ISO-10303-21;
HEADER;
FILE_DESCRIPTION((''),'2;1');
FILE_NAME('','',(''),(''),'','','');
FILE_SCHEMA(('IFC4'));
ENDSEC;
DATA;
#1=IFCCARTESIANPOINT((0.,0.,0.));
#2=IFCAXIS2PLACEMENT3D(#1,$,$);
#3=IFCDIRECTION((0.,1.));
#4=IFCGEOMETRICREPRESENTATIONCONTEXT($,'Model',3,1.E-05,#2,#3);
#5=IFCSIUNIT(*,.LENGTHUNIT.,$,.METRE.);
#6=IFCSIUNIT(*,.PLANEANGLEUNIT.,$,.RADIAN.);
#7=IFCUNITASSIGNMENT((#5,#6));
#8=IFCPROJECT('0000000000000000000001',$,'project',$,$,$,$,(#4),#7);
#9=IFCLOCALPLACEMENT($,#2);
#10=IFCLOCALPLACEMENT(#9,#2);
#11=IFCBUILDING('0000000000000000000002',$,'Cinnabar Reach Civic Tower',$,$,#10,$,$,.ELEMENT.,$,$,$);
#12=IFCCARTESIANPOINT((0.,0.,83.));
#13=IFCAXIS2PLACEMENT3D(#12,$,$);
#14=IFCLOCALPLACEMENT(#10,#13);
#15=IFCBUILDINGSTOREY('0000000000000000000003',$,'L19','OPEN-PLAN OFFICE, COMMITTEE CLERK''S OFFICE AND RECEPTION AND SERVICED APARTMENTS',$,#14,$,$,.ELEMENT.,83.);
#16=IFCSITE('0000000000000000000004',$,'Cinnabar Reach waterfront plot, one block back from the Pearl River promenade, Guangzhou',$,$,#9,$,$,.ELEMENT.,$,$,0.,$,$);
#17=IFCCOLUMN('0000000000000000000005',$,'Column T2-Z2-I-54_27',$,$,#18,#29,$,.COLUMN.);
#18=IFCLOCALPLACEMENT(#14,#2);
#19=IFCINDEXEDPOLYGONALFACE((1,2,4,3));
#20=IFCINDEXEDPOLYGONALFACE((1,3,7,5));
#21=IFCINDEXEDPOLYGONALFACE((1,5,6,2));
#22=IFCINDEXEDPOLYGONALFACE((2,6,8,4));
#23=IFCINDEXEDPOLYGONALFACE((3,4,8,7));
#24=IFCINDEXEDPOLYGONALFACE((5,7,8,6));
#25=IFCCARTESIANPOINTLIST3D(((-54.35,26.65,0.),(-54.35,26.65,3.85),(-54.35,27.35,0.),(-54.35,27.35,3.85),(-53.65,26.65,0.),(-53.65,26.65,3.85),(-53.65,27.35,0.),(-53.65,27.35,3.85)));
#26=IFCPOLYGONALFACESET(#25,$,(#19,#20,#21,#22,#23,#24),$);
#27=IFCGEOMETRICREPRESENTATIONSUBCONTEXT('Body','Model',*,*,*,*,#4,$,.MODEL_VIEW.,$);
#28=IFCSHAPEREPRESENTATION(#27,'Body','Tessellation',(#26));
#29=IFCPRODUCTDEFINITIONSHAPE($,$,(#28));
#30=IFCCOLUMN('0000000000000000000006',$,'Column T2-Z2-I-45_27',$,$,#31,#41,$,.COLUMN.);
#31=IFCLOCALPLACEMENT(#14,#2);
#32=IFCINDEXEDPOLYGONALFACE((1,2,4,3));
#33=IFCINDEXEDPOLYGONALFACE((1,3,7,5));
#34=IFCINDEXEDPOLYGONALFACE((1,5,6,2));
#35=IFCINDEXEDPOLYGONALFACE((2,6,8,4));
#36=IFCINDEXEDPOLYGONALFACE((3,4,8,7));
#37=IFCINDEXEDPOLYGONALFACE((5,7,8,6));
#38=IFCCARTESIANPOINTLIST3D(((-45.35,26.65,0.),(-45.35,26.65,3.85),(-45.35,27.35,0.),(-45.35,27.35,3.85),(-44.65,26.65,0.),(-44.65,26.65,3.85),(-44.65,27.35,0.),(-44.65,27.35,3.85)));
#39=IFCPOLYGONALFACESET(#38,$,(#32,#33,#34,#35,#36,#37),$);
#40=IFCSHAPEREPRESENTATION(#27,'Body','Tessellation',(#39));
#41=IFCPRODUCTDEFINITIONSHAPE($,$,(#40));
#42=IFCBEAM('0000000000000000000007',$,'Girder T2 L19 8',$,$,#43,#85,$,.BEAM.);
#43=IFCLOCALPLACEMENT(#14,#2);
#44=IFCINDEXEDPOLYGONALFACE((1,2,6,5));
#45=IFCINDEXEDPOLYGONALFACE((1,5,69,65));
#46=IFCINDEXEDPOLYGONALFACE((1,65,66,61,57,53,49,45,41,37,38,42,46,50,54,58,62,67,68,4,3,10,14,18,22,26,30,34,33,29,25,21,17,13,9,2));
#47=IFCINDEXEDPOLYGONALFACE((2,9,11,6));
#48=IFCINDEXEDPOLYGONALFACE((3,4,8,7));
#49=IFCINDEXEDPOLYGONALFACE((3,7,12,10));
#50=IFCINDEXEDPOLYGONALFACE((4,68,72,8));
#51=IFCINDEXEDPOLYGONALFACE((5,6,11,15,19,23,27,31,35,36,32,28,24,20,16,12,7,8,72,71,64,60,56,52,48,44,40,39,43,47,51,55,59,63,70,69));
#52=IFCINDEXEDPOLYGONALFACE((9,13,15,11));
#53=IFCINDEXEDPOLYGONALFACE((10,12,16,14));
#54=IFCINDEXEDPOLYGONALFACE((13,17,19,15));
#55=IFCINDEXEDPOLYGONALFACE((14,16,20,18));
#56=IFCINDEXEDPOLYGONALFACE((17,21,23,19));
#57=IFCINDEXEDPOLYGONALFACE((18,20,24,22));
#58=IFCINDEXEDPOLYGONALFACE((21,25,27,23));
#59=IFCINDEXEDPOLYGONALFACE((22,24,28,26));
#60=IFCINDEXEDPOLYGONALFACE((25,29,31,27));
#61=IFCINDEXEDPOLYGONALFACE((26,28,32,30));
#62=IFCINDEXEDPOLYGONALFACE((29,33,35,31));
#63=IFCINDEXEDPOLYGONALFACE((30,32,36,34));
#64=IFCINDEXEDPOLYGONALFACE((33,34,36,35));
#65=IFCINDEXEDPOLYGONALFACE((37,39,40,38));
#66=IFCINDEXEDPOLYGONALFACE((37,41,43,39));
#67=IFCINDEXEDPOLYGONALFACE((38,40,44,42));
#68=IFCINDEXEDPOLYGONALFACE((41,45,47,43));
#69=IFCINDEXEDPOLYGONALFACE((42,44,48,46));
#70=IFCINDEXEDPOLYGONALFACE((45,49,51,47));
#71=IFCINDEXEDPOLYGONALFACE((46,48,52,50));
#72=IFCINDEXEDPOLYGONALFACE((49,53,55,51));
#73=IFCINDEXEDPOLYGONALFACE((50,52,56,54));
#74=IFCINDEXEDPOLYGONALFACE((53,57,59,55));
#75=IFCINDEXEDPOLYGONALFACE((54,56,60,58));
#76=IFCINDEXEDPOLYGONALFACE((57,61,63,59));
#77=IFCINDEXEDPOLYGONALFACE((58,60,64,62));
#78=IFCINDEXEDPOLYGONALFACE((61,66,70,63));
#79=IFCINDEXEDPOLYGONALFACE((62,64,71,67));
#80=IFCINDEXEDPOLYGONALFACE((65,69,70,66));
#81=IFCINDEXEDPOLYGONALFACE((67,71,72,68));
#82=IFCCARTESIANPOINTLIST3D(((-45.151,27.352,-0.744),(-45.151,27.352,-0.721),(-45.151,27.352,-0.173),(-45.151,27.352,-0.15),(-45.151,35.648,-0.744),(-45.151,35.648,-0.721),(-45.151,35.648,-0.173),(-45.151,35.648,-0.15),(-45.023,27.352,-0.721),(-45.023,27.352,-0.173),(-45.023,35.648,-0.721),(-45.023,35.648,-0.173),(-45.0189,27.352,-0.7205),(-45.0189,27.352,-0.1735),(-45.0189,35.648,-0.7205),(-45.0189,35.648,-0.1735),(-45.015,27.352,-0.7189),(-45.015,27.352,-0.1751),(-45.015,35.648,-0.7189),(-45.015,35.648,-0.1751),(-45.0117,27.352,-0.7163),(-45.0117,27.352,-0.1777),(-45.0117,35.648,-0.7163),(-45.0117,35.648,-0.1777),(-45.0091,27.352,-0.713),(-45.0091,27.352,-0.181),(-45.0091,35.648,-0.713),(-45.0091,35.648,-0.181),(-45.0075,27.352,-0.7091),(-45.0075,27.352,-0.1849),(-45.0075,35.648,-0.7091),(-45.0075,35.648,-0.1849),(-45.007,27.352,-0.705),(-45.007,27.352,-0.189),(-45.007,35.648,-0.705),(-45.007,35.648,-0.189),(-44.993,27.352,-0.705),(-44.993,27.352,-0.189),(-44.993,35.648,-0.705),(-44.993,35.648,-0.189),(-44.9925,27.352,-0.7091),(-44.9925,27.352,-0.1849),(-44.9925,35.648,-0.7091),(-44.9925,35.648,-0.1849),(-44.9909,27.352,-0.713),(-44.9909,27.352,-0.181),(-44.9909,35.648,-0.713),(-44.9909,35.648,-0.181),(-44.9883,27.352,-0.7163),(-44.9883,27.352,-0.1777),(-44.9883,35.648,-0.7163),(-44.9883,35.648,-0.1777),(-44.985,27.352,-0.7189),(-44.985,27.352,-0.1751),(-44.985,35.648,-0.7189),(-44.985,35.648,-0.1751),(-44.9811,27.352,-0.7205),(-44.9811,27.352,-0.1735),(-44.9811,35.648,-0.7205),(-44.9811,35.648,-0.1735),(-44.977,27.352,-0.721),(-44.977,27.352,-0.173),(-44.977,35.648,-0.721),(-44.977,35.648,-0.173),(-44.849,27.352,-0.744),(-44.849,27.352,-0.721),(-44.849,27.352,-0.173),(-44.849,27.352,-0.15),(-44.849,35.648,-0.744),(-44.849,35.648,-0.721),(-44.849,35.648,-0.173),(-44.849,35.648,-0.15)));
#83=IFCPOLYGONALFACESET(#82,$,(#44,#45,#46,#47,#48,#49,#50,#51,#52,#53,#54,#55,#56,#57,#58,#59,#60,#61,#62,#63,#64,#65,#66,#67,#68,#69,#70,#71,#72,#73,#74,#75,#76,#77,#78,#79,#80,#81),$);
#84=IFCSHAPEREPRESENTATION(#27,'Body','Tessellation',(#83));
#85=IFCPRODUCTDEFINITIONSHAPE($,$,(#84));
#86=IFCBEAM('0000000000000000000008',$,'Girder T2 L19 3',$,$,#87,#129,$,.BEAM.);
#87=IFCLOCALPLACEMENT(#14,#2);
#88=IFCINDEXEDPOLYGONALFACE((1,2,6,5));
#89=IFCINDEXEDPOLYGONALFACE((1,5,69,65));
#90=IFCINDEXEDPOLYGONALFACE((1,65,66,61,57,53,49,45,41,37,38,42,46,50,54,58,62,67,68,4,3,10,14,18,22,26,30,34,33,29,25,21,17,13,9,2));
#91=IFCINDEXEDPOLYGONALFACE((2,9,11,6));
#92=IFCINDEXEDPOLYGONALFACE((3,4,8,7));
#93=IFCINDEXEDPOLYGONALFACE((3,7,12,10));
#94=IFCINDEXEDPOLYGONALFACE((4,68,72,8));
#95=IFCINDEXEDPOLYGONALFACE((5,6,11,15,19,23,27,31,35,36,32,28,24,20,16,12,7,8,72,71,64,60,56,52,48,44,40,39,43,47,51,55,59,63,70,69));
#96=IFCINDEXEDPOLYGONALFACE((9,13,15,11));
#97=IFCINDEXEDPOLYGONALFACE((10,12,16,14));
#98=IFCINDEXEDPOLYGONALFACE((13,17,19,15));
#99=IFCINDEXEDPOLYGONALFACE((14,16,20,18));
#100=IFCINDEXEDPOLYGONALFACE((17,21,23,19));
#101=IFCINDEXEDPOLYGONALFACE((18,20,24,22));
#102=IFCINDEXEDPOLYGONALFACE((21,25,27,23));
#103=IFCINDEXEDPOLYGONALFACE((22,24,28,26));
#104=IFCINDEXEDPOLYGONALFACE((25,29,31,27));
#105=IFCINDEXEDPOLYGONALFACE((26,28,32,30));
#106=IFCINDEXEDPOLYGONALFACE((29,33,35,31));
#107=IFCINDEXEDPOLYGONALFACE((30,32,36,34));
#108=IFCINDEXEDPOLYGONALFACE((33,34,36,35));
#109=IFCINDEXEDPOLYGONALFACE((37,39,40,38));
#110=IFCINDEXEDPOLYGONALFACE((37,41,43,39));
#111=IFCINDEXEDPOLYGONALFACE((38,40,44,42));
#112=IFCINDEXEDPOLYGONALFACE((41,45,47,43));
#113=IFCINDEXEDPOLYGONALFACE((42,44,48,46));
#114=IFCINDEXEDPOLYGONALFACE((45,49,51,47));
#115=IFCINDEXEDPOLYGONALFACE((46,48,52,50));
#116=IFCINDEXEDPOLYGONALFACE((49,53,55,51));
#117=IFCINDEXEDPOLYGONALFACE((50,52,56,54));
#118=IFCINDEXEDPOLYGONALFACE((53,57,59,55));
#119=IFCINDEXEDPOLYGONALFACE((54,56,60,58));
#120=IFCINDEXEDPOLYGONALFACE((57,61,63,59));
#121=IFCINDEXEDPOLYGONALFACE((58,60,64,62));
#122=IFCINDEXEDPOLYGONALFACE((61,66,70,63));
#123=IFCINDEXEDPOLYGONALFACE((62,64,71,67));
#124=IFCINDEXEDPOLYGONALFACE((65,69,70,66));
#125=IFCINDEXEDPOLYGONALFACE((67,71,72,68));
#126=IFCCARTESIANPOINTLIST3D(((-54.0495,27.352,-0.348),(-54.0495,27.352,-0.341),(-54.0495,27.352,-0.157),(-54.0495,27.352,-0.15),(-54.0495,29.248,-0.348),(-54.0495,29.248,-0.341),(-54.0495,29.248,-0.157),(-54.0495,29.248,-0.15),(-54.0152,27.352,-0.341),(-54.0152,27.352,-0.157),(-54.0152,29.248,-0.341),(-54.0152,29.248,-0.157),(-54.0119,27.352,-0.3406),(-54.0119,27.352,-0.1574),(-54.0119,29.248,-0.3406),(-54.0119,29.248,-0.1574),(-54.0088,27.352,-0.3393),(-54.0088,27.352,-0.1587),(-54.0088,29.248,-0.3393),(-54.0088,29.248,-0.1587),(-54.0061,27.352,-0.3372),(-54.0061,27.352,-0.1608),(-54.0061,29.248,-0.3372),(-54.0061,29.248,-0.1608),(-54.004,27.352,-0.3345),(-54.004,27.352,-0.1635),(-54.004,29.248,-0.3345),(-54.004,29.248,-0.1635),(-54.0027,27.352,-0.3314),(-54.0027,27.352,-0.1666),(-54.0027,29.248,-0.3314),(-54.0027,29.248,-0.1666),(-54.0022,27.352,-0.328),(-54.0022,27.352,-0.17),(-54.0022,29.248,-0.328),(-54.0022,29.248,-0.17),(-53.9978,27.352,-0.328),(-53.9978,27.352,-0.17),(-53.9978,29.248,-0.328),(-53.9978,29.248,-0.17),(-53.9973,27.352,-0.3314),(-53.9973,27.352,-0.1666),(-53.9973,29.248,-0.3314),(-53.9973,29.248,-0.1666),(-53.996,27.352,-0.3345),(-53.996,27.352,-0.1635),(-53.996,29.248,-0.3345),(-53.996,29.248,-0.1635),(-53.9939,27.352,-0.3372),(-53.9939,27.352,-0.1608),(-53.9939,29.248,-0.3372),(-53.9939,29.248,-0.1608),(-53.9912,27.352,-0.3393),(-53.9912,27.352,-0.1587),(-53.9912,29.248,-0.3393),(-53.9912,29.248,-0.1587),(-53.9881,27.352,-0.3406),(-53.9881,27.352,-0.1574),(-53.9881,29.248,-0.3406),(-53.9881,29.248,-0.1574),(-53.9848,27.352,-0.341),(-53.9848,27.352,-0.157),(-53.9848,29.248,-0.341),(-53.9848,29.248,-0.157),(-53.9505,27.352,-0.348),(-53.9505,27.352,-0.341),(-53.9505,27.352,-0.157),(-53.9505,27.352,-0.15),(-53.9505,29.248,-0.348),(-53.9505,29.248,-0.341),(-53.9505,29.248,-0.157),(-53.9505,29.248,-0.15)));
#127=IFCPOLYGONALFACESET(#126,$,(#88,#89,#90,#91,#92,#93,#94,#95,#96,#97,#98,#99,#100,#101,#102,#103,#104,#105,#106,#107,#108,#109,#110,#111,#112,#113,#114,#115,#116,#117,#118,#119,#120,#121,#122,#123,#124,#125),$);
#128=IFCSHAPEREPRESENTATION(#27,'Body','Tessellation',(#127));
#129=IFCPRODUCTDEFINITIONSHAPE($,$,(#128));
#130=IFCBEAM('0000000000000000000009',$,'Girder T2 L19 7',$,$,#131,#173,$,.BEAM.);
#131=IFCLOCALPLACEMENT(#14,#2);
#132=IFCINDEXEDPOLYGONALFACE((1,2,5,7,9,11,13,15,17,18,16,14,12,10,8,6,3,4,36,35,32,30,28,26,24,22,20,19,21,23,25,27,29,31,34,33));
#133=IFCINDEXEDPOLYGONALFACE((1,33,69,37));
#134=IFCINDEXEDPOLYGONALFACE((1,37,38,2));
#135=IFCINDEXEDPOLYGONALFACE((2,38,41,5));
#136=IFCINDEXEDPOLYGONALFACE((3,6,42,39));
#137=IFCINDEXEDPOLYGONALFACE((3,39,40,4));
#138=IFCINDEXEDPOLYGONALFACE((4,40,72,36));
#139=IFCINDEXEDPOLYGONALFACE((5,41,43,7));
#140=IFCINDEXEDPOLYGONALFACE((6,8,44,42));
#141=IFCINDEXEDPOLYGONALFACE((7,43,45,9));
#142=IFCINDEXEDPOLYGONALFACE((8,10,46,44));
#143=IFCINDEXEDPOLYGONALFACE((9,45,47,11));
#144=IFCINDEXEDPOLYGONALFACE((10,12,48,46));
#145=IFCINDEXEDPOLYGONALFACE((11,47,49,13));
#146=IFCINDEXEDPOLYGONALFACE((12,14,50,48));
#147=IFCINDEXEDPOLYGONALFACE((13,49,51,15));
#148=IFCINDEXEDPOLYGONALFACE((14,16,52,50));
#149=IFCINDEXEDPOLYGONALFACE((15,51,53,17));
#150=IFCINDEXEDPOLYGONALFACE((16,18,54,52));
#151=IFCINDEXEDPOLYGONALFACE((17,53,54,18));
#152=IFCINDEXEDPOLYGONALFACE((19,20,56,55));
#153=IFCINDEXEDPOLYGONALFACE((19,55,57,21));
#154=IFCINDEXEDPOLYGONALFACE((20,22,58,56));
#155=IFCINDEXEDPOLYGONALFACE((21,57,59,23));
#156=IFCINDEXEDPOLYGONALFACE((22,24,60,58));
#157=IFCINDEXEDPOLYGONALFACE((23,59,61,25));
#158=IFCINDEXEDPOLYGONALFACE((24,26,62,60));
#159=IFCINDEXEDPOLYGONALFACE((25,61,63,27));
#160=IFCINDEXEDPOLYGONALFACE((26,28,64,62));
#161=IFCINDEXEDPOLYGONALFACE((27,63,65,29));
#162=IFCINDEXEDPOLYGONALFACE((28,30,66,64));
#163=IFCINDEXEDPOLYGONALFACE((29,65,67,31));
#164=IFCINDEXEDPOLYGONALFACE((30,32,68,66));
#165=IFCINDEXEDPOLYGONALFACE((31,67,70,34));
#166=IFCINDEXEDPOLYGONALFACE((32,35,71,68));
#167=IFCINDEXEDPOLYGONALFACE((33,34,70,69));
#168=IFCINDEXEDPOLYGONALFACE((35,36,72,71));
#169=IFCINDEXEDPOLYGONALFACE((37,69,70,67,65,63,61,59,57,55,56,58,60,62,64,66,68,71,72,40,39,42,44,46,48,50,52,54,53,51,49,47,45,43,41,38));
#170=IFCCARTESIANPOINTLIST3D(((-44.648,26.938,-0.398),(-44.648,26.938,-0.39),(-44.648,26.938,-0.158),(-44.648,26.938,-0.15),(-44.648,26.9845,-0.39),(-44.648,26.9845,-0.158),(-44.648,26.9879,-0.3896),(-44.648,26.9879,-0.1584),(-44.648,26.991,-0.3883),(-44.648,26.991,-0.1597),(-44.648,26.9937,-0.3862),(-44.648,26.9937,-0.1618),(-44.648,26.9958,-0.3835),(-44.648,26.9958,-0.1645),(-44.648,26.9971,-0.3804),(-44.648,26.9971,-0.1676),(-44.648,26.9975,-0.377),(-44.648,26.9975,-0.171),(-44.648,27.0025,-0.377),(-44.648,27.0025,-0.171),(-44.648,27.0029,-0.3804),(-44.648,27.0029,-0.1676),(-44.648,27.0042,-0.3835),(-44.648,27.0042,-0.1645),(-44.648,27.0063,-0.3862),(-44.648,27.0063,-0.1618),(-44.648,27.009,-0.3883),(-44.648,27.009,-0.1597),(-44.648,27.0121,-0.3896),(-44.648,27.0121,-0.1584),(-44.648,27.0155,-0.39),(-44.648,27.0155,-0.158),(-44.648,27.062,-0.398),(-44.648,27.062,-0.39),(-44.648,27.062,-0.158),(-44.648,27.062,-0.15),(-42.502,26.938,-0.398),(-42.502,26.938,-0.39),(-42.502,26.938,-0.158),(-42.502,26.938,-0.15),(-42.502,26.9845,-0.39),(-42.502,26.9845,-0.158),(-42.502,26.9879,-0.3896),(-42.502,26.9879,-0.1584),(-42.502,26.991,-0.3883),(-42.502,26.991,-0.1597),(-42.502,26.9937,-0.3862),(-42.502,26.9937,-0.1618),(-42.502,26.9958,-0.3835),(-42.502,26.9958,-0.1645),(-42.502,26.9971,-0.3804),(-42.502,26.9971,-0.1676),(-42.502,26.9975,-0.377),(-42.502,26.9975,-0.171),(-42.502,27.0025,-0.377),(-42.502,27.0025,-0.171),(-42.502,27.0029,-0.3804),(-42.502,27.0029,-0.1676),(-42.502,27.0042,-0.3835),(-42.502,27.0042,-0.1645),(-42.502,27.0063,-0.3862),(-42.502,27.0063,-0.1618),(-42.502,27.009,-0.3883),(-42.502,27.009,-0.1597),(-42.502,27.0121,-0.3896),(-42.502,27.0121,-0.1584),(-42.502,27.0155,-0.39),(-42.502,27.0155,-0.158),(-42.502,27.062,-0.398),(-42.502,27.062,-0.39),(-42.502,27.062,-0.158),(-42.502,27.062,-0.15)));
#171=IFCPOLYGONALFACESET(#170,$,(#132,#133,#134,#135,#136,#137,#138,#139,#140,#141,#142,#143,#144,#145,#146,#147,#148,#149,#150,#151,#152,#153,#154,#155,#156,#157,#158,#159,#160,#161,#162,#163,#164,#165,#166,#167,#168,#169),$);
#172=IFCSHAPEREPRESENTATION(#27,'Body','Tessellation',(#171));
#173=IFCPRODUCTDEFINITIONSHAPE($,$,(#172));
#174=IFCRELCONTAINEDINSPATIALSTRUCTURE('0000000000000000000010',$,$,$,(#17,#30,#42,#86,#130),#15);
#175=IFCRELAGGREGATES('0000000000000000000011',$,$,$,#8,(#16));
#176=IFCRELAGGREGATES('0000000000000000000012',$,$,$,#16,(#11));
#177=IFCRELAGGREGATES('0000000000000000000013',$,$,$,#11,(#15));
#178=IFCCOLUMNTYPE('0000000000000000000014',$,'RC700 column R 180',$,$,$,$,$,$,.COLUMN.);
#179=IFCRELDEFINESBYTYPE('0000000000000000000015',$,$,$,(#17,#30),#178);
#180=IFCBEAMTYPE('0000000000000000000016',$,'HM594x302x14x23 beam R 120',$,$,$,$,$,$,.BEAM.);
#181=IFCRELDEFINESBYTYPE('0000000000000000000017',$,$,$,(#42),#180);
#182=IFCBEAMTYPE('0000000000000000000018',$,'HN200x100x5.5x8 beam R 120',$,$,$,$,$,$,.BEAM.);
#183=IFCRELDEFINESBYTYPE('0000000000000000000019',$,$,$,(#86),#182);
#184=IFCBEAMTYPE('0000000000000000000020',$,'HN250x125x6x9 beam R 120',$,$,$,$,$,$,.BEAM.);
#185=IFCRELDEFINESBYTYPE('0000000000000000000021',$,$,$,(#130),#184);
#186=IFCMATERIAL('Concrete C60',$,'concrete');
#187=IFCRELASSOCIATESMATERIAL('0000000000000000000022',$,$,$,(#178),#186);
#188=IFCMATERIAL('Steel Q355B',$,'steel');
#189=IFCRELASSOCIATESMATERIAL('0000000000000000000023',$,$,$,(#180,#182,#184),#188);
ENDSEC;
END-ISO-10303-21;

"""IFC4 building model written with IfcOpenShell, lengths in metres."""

from ifc_helpers import new_model, si_unit, direction, frame, origin, origin_2d, place, context, subcontext, project, spatial, rectangle, i_section, extrude, material, material_profile, profile_set, type_object, element, save


model = new_model("IFC4")

# Units and contexts
model_context = context("Model", 3, precision=1e-05, world=origin(), true_north=direction((0.0, 1.0)))
body_context = subcontext(model_context, "Body", "Model", "MODEL_VIEW")
ifc_project = project(units=[si_unit("LENGTHUNIT", "METRE"), si_unit("PLANEANGLEUNIT", "RADIAN")], contexts=[model_context])

# Site, building, storey
site_placement = place(None, origin())
site = spatial("IfcSite", under=ifc_project, at=site_placement, Name="Cinnabar Reach waterfront plot, one block back from the Pearl River promenade, Guangzhou", CompositionType="ELEMENT", RefElevation=0.0)
building_placement = place(site_placement, origin())
building = spatial("IfcBuilding", under=site, at=building_placement, Name="Cinnabar Reach Civic Tower", CompositionType="ELEMENT")
storey_placement = place(building_placement, frame((0.0, 0.0, 83.0)))
storey = spatial("IfcBuildingStorey", under=building, at=storey_placement, Name="L19", Description="OPEN-PLAN OFFICE, COMMITTEE CLERK'S OFFICE AND RECEPTION AND SERVICED APARTMENTS", CompositionType="ELEMENT", Elevation=83.0)

# Columns
ifc_material_1 = material(Name="Concrete C60", Category="concrete")
ifc_material_profile_1 = material_profile(ifc_material_1, rectangle(XDim=0.7, YDim=0.7, at=origin_2d()), Name="RC700")
ifc_profile_set_1 = profile_set([ifc_material_profile_1], Name="Concrete C60")
column_type = type_object("IfcColumnType", Name="RC700 column R 180", PredefinedType="COLUMN", material=ifc_profile_set_1)
for number, where, z_axis, x_axis, name in (
    (1, (-54.0, 27.0, 0.0), (0.0, 0.0, 1.0), (1.0, 0.0, 0.0), "Column T2-Z2-I-54_27"),
    (2, (-45.0, 27.0, 0.0), (0.0, 0.0, 1.0), (1.0, 0.0, 0.0), "Column T2-Z2-I-45_27"),
):
    element("IfcColumn", number, at=place(storey_placement, frame(where, z_axis=z_axis, x_axis=x_axis)), inside=storey, type_object=column_type, Name=name, PredefinedType="COLUMN", context=body_context, shape_type="SweptSolid", body=[
        extrude(rectangle(XDim=0.7, YDim=0.7, at=origin_2d()), origin(), (0.0, 0.0, 1.0), 3.85),
    ])

# Beams
ifc_material_2 = material(Name="Steel Q355B", Category="steel")
ifc_material_profile_2 = material_profile(ifc_material_2, i_section(OverallWidth=0.302, OverallDepth=0.594, WebThickness=0.014, FlangeThickness=0.023, FilletRadius=0.016, at=origin_2d()), Name="HM594x302x14x23")
ifc_profile_set_2 = profile_set([ifc_material_profile_2], Name="Steel Q355B")
beam_type_1 = type_object("IfcBeamType", Name="HM594x302x14x23 beam R 120", PredefinedType="BEAM", material=ifc_profile_set_2)
beam_1_placement = place(storey_placement, frame((-45.0, 27.352, -0.447), z_axis=(0.0, 1.0, 0.0), x_axis=(-1.0, 0.0, 0.0)))
element("IfcBeam", 3, at=beam_1_placement, inside=storey, type_object=beam_type_1, Name="Girder T2 L19 8", PredefinedType="BEAM", context=body_context, shape_type="SweptSolid", body=[
    extrude(i_section(OverallWidth=0.302, OverallDepth=0.594, WebThickness=0.014, FlangeThickness=0.023, FilletRadius=0.016, at=origin_2d()), origin(), (0.0, 0.0, 1.0), 8.296),
])
ifc_material_profile_3 = material_profile(ifc_material_2, i_section(OverallWidth=0.099, OverallDepth=0.198, WebThickness=0.0045, FlangeThickness=0.007, FilletRadius=0.013, at=origin_2d()), Name="HN200x100x5.5x8")
ifc_profile_set_3 = profile_set([ifc_material_profile_3], Name="Steel Q355B")
beam_type_2 = type_object("IfcBeamType", Name="HN200x100x5.5x8 beam R 120", PredefinedType="BEAM", material=ifc_profile_set_3)
beam_2_placement = place(storey_placement, frame((-54.0, 27.352, -0.249), z_axis=(0.0, 1.0, 0.0), x_axis=(-1.0, 0.0, 0.0)))
element("IfcBeam", 4, at=beam_2_placement, inside=storey, type_object=beam_type_2, Name="Girder T2 L19 3", PredefinedType="BEAM", context=body_context, shape_type="SweptSolid", body=[
    extrude(i_section(OverallWidth=0.099, OverallDepth=0.198, WebThickness=0.0045, FlangeThickness=0.007, FilletRadius=0.013, at=origin_2d()), origin(), (0.0, 0.0, 1.0), 1.896),
])
ifc_material_profile_4 = material_profile(ifc_material_2, i_section(OverallWidth=0.124, OverallDepth=0.248, WebThickness=0.005, FlangeThickness=0.008, FilletRadius=0.013, at=origin_2d()), Name="HN250x125x6x9")
ifc_profile_set_4 = profile_set([ifc_material_profile_4], Name="Steel Q355B")
beam_type_3 = type_object("IfcBeamType", Name="HN250x125x6x9 beam R 120", PredefinedType="BEAM", material=ifc_profile_set_4)
beam_3_placement = place(storey_placement, frame((-44.648, 27.0, -0.274), z_axis=(1.0, 0.0, 0.0), x_axis=(0.0, 1.0, 0.0)))
element("IfcBeam", 5, at=beam_3_placement, inside=storey, type_object=beam_type_3, Name="Girder T2 L19 7", PredefinedType="BEAM", context=body_context, shape_type="SweptSolid", body=[
    extrude(i_section(OverallWidth=0.124, OverallDepth=0.248, WebThickness=0.005, FlangeThickness=0.008, FilletRadius=0.013, at=origin_2d()), origin(), (0.0, 0.0, 1.0), 2.146),
])

save(model, "model.ifc")
